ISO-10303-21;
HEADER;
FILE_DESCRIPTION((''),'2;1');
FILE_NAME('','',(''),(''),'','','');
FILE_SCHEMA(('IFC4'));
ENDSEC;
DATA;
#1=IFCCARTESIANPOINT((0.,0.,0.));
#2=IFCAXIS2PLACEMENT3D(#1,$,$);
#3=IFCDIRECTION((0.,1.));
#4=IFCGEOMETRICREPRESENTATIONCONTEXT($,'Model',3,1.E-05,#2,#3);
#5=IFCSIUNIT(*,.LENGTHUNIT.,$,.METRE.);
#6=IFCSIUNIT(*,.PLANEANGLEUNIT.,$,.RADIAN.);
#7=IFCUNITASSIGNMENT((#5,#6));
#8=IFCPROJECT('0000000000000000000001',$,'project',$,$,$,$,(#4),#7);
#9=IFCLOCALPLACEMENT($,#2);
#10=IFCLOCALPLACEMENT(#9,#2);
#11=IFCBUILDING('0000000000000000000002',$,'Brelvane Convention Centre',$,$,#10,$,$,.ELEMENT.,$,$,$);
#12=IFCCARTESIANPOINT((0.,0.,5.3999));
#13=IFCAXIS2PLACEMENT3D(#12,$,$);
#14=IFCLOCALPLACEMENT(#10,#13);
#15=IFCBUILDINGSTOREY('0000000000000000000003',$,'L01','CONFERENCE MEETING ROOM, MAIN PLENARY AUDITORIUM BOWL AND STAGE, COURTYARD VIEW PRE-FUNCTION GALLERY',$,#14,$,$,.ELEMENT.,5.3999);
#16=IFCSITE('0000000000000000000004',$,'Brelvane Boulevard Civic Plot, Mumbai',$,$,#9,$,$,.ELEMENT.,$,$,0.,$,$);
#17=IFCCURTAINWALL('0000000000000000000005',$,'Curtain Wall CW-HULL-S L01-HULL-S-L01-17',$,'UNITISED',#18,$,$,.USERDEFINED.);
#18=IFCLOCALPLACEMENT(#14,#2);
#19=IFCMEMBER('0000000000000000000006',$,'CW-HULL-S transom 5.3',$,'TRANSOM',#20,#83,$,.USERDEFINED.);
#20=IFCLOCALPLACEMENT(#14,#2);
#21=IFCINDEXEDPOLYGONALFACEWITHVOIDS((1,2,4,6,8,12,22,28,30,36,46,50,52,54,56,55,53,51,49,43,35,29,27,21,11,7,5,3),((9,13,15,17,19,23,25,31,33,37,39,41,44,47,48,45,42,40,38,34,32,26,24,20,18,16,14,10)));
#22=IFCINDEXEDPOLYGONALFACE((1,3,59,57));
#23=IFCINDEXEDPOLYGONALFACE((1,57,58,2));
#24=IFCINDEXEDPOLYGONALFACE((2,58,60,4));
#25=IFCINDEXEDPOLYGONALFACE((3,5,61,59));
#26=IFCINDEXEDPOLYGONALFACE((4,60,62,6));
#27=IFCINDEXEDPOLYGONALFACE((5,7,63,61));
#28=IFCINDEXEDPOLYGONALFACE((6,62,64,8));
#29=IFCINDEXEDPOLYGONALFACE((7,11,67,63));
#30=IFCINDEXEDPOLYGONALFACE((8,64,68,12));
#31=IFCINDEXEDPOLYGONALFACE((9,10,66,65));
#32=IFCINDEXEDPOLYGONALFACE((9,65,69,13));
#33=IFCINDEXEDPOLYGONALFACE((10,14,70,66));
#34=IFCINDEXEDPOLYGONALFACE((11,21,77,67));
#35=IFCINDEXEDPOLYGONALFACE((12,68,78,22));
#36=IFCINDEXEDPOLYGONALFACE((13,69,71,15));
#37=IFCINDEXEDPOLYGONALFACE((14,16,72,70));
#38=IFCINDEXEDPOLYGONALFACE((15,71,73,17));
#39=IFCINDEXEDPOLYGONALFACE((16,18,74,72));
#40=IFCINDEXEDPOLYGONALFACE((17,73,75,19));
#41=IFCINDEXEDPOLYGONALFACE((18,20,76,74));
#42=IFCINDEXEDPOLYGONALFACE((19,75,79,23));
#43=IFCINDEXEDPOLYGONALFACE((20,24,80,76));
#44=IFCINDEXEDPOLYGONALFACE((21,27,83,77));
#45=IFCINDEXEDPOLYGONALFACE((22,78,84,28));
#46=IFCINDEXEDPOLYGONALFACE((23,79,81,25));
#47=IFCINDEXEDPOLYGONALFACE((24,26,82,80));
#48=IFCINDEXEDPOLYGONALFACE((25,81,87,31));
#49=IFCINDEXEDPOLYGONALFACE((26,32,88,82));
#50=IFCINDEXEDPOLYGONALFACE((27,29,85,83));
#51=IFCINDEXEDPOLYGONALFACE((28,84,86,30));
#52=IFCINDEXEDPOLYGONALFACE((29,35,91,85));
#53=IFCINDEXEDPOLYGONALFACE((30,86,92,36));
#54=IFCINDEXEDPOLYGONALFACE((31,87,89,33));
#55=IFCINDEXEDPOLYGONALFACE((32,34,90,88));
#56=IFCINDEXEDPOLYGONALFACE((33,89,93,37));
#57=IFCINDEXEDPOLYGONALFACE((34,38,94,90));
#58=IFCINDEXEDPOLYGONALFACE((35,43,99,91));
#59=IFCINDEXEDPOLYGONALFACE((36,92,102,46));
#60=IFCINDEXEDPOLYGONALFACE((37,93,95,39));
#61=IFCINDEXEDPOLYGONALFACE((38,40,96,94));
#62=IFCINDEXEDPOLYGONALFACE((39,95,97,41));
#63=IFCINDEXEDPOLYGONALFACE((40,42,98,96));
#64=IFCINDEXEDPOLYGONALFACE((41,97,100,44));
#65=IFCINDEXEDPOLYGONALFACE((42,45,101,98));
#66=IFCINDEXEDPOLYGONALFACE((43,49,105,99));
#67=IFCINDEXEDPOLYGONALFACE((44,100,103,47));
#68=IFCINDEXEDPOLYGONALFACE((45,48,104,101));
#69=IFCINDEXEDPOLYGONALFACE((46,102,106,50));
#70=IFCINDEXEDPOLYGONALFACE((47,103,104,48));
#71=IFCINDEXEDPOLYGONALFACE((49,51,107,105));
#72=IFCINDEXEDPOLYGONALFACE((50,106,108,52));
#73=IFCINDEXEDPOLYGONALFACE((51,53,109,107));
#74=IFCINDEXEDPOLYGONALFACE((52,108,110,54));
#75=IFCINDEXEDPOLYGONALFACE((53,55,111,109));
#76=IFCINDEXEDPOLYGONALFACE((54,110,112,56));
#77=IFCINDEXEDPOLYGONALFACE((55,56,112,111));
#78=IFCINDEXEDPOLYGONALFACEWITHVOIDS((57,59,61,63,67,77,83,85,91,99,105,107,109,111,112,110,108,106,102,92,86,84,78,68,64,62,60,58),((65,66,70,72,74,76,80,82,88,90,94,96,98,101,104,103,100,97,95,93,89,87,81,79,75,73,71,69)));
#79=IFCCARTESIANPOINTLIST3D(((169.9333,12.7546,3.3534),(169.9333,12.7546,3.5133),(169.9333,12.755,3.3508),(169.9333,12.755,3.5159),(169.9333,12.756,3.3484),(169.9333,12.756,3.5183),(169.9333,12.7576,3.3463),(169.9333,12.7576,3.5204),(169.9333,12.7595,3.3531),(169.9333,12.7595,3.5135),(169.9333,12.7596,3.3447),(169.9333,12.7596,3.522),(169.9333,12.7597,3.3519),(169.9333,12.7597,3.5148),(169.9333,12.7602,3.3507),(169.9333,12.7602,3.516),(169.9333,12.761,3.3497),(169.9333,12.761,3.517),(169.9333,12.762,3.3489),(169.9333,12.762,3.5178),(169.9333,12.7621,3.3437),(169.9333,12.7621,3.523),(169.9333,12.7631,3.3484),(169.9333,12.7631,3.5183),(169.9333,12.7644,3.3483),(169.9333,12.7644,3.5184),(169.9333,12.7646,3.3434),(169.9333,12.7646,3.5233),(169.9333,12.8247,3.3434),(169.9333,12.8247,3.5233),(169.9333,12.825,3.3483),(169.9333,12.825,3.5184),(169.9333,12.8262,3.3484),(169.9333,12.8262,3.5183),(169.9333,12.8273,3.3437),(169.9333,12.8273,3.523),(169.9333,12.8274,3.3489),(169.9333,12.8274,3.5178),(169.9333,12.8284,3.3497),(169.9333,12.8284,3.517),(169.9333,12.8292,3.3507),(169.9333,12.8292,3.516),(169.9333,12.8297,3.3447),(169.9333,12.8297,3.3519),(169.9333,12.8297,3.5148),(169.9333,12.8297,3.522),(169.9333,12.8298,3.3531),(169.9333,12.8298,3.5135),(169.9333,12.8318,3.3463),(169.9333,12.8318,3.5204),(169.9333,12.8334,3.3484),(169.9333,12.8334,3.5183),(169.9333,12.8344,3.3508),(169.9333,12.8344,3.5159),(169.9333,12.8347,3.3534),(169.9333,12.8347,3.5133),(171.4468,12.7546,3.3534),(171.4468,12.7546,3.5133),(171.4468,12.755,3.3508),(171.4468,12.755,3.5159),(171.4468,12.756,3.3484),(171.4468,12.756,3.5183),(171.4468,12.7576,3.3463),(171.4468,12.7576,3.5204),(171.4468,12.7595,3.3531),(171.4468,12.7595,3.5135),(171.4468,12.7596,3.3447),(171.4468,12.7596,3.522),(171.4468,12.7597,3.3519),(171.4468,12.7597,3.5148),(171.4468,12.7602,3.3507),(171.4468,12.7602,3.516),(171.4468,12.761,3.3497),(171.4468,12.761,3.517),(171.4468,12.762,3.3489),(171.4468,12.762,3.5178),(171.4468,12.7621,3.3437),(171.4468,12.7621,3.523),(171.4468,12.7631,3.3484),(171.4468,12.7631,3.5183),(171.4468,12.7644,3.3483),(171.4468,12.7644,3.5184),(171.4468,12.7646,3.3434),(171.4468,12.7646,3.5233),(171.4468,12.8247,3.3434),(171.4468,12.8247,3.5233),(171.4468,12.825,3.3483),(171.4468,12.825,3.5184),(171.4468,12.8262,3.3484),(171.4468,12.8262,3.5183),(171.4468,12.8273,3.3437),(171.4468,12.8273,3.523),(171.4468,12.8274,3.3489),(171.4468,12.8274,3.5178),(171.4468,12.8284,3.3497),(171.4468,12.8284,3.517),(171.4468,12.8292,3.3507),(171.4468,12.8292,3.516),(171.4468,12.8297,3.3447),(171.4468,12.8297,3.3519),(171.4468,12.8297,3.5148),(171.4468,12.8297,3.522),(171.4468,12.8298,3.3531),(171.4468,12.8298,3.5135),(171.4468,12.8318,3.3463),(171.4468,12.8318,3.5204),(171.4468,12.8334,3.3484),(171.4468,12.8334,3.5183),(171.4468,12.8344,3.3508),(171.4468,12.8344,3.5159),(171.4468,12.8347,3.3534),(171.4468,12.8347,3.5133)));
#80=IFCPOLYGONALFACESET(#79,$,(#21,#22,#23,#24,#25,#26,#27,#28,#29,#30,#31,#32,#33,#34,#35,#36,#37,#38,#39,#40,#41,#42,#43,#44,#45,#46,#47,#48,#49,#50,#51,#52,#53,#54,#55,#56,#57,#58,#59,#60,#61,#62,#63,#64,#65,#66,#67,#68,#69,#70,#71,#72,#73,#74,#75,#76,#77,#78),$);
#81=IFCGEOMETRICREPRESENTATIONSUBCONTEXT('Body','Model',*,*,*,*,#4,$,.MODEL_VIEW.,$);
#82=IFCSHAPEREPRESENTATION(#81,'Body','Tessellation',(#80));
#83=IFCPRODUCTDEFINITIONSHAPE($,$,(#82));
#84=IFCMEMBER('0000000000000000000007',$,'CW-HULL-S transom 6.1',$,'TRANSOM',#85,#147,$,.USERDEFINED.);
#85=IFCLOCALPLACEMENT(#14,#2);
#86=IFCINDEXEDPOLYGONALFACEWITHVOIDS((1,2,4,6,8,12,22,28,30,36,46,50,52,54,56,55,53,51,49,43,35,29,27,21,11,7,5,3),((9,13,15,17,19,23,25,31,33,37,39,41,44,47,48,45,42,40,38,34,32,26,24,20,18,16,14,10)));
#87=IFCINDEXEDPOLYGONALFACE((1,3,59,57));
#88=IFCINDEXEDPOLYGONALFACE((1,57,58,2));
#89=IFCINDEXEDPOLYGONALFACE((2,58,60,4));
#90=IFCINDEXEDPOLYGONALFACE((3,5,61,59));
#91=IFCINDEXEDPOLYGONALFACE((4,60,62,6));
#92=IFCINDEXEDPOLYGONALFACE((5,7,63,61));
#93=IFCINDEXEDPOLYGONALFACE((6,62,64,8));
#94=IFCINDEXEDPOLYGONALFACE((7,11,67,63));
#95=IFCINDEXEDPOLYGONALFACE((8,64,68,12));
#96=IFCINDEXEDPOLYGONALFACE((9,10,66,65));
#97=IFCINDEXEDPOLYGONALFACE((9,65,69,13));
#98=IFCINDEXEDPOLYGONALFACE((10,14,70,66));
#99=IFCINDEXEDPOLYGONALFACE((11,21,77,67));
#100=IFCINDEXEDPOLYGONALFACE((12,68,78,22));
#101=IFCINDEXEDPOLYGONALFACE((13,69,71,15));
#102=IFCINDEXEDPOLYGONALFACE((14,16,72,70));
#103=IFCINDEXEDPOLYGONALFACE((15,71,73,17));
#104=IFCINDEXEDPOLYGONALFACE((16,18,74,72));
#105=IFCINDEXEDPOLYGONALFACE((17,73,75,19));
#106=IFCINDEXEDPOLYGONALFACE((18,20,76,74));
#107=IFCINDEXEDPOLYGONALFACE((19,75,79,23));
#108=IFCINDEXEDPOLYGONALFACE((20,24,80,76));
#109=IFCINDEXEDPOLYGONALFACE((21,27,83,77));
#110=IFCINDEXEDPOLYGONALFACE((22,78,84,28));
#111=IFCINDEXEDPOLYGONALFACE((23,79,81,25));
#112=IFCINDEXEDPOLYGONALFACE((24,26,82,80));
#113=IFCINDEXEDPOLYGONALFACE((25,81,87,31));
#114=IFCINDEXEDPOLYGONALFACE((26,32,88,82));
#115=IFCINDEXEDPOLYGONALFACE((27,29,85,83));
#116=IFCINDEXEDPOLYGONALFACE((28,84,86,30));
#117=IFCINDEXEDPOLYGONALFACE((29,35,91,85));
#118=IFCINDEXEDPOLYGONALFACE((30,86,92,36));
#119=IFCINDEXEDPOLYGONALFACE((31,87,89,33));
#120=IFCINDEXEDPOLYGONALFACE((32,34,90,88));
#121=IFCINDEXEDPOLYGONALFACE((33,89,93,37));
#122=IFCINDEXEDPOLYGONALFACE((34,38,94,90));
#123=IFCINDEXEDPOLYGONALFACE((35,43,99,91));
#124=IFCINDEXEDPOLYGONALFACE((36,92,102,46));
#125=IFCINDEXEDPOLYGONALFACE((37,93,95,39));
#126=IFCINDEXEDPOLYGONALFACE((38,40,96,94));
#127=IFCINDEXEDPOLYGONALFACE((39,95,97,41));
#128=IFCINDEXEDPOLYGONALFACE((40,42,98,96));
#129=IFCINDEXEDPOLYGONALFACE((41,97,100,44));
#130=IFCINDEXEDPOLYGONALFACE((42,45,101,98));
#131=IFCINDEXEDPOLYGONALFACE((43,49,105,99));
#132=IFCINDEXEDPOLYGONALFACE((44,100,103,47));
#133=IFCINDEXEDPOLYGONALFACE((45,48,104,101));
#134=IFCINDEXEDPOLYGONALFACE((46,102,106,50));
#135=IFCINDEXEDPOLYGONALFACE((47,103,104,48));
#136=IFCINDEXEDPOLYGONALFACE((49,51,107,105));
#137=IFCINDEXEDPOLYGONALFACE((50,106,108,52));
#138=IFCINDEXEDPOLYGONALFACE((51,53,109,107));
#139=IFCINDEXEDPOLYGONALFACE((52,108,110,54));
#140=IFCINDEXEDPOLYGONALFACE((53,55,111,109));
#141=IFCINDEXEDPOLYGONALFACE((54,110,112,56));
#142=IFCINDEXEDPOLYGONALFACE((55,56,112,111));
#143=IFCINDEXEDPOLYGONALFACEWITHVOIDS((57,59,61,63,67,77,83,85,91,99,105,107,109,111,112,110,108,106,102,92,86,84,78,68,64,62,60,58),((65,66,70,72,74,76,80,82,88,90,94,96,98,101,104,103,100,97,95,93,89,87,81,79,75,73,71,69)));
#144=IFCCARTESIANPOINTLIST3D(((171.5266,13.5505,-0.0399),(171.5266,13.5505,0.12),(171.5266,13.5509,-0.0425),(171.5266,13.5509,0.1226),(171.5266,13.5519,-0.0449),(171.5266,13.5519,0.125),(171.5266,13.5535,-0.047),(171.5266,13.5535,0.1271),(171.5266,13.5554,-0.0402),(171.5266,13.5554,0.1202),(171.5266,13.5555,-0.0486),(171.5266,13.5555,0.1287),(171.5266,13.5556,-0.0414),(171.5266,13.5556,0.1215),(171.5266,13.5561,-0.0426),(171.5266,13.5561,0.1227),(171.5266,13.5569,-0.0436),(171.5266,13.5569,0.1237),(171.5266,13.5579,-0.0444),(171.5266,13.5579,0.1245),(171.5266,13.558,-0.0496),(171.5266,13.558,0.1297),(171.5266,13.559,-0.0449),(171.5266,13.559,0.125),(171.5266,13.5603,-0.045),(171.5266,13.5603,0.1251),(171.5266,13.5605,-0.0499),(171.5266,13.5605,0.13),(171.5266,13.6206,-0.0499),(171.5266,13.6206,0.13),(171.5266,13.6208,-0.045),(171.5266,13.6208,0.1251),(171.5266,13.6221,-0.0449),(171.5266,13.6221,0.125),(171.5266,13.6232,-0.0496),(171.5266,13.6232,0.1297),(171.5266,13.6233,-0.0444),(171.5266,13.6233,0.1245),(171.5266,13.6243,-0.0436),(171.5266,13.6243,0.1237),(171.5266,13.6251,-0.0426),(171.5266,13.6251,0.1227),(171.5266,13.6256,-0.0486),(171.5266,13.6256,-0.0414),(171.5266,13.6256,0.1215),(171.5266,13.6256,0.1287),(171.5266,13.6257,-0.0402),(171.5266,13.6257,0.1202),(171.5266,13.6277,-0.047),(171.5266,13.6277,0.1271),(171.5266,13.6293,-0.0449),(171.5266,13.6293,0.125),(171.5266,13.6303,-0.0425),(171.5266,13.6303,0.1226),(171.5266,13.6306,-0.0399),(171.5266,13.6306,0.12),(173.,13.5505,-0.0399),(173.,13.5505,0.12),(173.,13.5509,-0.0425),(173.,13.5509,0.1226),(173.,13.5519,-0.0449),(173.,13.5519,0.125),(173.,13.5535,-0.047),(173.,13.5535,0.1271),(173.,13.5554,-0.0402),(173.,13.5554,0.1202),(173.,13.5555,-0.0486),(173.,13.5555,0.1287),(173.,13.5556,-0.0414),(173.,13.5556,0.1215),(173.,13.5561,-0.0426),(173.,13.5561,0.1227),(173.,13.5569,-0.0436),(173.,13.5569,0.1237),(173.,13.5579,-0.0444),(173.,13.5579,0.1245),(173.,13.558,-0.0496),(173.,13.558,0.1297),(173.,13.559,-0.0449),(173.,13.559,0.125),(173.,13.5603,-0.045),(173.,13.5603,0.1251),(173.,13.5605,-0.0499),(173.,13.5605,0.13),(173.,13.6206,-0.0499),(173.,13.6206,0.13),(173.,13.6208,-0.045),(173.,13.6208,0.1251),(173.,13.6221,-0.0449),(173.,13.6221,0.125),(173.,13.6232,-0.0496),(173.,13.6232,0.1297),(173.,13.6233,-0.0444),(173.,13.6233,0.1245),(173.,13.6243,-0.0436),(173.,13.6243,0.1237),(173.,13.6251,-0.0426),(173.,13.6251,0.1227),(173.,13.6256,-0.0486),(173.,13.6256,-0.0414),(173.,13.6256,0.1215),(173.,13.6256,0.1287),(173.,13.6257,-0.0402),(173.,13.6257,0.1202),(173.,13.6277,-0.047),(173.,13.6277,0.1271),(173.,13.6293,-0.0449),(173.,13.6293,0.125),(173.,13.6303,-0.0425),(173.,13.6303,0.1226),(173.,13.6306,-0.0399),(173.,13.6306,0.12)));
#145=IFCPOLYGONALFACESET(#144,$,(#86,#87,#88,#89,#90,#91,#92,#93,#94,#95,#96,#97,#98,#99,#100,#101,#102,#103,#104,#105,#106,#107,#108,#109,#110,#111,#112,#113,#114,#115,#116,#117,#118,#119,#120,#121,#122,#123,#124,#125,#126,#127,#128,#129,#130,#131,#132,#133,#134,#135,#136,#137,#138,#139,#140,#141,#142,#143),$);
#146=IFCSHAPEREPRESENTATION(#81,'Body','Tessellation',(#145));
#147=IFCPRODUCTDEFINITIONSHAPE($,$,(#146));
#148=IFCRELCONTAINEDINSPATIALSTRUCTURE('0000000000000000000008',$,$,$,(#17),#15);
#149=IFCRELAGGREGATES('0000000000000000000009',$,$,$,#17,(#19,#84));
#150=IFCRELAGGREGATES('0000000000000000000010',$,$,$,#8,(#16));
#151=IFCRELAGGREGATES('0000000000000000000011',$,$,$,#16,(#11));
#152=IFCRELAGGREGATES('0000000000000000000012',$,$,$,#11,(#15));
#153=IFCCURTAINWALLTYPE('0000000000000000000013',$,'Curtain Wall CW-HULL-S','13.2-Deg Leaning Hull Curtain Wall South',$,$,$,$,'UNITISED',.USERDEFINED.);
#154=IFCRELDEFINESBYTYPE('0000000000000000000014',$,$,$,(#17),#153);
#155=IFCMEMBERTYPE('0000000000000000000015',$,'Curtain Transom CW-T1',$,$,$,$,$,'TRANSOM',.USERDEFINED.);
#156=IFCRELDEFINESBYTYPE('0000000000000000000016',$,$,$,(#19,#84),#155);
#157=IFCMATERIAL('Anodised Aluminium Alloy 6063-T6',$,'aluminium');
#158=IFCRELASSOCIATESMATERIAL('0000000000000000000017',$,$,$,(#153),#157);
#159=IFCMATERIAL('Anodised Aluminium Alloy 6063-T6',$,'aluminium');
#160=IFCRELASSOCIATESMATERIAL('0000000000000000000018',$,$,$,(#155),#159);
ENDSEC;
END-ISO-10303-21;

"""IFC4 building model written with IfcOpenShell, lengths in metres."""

from ifc_helpers import new_model, si_unit, direction, frame, origin, origin_2d, place, context, subcontext, project, spatial, hollow_rectangle, extrude, material, material_profile, profile_set, type_object, element, aggregate, save


model = new_model("IFC4")

# Units and contexts
model_context = context("Model", 3, precision=1e-05, world=origin(), true_north=direction((0.0, 1.0)))
body_context = subcontext(model_context, "Body", "Model", "MODEL_VIEW")
ifc_project = project(units=[si_unit("LENGTHUNIT", "METRE"), si_unit("PLANEANGLEUNIT", "RADIAN")], contexts=[model_context])

# Site, building, storey
site_placement = place(None, origin())
site = spatial("IfcSite", under=ifc_project, at=site_placement, Name="Brelvane Boulevard Civic Plot, Mumbai", CompositionType="ELEMENT", RefElevation=0.0)
building_placement = place(site_placement, origin())
building = spatial("IfcBuilding", under=site, at=building_placement, Name="Brelvane Convention Centre", CompositionType="ELEMENT")
storey_placement = place(building_placement, frame((0.0, 0.0, 5.3999)))
storey = spatial("IfcBuildingStorey", under=building, at=storey_placement, Name="L01", Description="CONFERENCE MEETING ROOM, MAIN PLENARY AUDITORIUM BOWL AND STAGE, COURTYARD VIEW PRE-FUNCTION GALLERY", CompositionType="ELEMENT", Elevation=5.3999)

# Curtain wall, members
ifc_material_1 = material(Name="Anodised Aluminium Alloy 6063-T6", Category="aluminium")
curtain_wall_type = type_object("IfcCurtainWallType", Name="Curtain Wall CW-HULL-S", Description="13.2-Deg Leaning Hull Curtain Wall South", ElementType="UNITISED", PredefinedType="USERDEFINED", material=ifc_material_1)
curtain_wall_1_placement = place(storey_placement, origin())
curtain_wall_1 = element("IfcCurtainWall", 1, at=curtain_wall_1_placement, inside=storey, type_object=curtain_wall_type, Name="Curtain Wall CW-HULL-S L01-HULL-S-L01-17", ObjectType="UNITISED", PredefinedType="USERDEFINED")
ifc_material_2 = material(Name="Anodised Aluminium Alloy 6063-T6", Category="aluminium")
ifc_material_profile = material_profile(ifc_material_2, hollow_rectangle(XDim=0.0801, YDim=0.1799, WallThickness=0.0049, InnerFilletRadius=0.0049, OuterFilletRadius=0.01, at=origin_2d()), Name="ALU-T 180x80x5.0")
ifc_profile_set = profile_set([ifc_material_profile], Name="Anodised Aluminium Alloy 6063-T6")
member_type = type_object("IfcMemberType", Name="Curtain Transom CW-T1", ElementType="TRANSOM", PredefinedType="USERDEFINED", material=ifc_profile_set)
member_1_placement = place(storey_placement, frame((169.9333, 12.7947, 3.4333), z_axis=(1.0, 0.0, 0.0), x_axis=(0.0, 1.0, 0.0)))
member_1 = element("IfcMember", 2, at=member_1_placement, type_object=member_type, Name="CW-HULL-S transom 5.3", ObjectType="TRANSOM", PredefinedType="USERDEFINED", context=body_context, shape_type="SweptSolid", body=[
    extrude(hollow_rectangle(XDim=0.0801, YDim=0.1799, WallThickness=0.0049, InnerFilletRadius=0.0049, OuterFilletRadius=0.01, at=origin_2d()), origin(), (0.0, 0.0, 1.0), 1.5134),
])
member_2_placement = place(storey_placement, frame((171.5266, 13.5906, 0.04), z_axis=(1.0, 0.0, 0.0), x_axis=(0.0, 1.0, 0.0)))
member_2 = element("IfcMember", 3, at=member_2_placement, type_object=member_type, Name="CW-HULL-S transom 6.1", ObjectType="TRANSOM", PredefinedType="USERDEFINED", context=body_context, shape_type="SweptSolid", body=[
    extrude(hollow_rectangle(XDim=0.0801, YDim=0.1799, WallThickness=0.0049, InnerFilletRadius=0.0049, OuterFilletRadius=0.01, at=origin_2d()), origin(), (0.0, 0.0, 1.0), 1.4734),
])

aggregate(curtain_wall_1, [member_1, member_2])

save(model, "model.ifc")
